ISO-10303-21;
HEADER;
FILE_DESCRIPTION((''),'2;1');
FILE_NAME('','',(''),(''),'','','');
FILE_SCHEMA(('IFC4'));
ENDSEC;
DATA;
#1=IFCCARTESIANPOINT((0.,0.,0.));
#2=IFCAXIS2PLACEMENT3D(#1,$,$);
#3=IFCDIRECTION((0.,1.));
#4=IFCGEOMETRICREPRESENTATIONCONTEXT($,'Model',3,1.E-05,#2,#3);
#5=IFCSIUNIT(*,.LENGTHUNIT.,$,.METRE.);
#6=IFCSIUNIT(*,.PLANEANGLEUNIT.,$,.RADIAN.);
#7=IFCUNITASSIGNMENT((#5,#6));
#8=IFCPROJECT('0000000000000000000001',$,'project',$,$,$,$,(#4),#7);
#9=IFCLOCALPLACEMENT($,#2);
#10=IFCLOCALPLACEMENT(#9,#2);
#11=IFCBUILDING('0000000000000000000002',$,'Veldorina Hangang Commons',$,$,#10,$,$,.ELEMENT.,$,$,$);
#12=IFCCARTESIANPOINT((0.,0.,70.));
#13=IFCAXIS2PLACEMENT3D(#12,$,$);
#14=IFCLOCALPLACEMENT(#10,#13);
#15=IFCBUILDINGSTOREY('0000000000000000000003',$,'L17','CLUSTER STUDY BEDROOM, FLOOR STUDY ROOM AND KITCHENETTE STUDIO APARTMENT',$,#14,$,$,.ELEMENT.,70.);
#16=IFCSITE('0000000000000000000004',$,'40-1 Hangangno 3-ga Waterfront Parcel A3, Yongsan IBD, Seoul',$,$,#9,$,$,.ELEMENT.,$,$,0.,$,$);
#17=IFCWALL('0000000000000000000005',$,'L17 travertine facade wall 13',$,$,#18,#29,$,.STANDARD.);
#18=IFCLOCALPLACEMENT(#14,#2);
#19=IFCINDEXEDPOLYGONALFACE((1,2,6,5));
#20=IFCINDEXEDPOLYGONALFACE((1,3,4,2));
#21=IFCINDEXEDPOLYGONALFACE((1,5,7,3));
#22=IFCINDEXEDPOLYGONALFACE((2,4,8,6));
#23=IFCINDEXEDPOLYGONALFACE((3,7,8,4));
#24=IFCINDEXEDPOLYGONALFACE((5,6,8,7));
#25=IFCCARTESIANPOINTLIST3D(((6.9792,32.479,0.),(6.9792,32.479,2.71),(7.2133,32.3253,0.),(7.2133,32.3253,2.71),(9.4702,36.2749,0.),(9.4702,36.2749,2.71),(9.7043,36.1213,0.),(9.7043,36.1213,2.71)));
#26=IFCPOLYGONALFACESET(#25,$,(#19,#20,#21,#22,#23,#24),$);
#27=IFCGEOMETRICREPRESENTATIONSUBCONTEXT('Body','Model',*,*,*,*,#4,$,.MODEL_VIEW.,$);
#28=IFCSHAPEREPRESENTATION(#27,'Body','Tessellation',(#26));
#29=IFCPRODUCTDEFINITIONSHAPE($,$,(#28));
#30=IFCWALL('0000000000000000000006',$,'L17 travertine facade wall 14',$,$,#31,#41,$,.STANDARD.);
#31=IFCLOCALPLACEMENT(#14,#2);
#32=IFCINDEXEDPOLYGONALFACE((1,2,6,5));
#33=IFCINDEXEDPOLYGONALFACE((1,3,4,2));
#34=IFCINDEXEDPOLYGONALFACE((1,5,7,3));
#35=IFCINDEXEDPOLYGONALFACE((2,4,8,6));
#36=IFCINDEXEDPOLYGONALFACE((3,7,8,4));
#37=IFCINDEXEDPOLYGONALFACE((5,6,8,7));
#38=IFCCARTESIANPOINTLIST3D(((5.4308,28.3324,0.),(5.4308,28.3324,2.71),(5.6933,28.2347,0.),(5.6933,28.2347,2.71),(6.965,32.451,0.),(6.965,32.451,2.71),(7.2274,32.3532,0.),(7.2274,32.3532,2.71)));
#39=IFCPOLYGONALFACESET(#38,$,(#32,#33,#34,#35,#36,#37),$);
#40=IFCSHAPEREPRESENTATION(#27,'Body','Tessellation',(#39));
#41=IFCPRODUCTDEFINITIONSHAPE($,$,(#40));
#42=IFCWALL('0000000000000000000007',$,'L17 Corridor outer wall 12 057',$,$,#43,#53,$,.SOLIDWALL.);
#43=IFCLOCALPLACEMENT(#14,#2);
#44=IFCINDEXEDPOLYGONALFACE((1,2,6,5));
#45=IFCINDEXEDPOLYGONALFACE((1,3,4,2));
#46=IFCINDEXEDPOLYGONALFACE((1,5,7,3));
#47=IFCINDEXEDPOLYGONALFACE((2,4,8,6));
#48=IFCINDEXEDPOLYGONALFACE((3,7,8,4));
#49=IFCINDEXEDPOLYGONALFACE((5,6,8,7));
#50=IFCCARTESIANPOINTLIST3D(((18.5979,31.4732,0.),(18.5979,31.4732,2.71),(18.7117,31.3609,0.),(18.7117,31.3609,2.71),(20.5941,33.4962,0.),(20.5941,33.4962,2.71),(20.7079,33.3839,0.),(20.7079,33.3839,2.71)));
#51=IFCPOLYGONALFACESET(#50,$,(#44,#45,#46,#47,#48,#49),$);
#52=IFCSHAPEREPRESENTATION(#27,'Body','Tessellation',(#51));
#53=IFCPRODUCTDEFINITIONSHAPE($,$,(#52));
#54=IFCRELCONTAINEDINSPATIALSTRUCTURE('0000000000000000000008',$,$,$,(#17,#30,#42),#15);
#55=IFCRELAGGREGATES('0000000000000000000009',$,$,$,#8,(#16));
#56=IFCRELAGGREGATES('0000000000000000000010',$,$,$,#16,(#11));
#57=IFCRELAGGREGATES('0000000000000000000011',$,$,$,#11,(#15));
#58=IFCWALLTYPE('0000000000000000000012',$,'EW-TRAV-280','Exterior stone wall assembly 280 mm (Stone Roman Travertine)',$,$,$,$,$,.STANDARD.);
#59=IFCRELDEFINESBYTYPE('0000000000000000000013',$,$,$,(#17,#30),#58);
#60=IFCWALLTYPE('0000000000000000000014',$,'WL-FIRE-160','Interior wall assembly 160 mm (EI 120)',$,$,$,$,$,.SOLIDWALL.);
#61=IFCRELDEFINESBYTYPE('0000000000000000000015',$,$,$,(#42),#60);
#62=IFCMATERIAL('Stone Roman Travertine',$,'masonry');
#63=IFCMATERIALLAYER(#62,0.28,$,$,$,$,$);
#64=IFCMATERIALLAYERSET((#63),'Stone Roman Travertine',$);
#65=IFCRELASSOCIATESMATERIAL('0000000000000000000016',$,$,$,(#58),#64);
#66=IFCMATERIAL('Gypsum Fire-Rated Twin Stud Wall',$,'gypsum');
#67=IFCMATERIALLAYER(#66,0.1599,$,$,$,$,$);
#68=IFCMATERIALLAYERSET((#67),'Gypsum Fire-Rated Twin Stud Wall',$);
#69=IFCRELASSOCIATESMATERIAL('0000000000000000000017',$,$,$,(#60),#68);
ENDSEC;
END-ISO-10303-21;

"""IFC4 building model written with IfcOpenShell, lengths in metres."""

from ifc_helpers import new_model, si_unit, direction, frame, frame_2d, origin, place, context, subcontext, project, spatial, rectangle, extrude, material, layer, layer_set, type_object, element, save


model = new_model("IFC4")

# Units and contexts
model_context = context("Model", 3, precision=1e-05, world=origin(), true_north=direction((0.0, 1.0)))
body_context = subcontext(model_context, "Body", "Model", "MODEL_VIEW")
ifc_project = project(units=[si_unit("LENGTHUNIT", "METRE"), si_unit("PLANEANGLEUNIT", "RADIAN")], contexts=[model_context])

# Site, building, storey
site_placement = place(None, origin())
site = spatial("IfcSite", under=ifc_project, at=site_placement, Name="40-1 Hangangno 3-ga Waterfront Parcel A3, Yongsan IBD, Seoul", CompositionType="ELEMENT", RefElevation=0.0)
building_placement = place(site_placement, origin())
building = spatial("IfcBuilding", under=site, at=building_placement, Name="Veldorina Hangang Commons", CompositionType="ELEMENT")
storey_placement = place(building_placement, frame((0.0, 0.0, 70.0)))
storey = spatial("IfcBuildingStorey", under=building, at=storey_placement, Name="L17", Description="CLUSTER STUDY BEDROOM, FLOOR STUDY ROOM AND KITCHENETTE STUDIO APARTMENT", CompositionType="ELEMENT", Elevation=70.0)

# Shared definitions
ifc_material_1 = material(Name="Stone Roman Travertine", Category="masonry")
ifc_layer_1 = layer(ifc_material_1, 0.28)
ifc_layer_set_1 = layer_set([ifc_layer_1], Name="Stone Roman Travertine")
wall_type_1 = type_object("IfcWallType", Name="EW-TRAV-280", Description="Exterior stone wall assembly 280 mm (Stone Roman Travertine)", PredefinedType="STANDARD", material=ifc_layer_set_1)

# Walls
wall_1_placement = place(storey_placement, frame((9.5872, 36.198, 0.0), z_axis=(0.0, 0.0, 1.0), x_axis=(-0.548642, -0.836057, 0.0)))
element("IfcWall", 1, at=wall_1_placement, inside=storey, type_object=wall_type_1, Name="L17 travertine facade wall 13", PredefinedType="STANDARD", context=body_context, shape_type="SweptSolid", body=[
    extrude(rectangle(XDim=4.5403, YDim=0.28, at=frame_2d((2.27, 0.0))), origin(), (0.0, 0.0, 1.0), 2.71),
])
wall_2_placement = place(storey_placement, frame((7.0962, 32.4021, 0.0), z_axis=(0.0, 0.0, 1.0), x_axis=(-0.349065, -0.937099, 0.0)))
element("IfcWall", 2, at=wall_2_placement, inside=storey, type_object=wall_type_1, Name="L17 travertine facade wall 14", PredefinedType="STANDARD", context=body_context, shape_type="SweptSolid", body=[
    extrude(rectangle(XDim=4.395, YDim=0.28, at=frame_2d((2.1975, 0.0))), origin(), (0.0, 0.0, 1.0), 2.71),
])
ifc_material_2 = material(Name="Gypsum Fire-Rated Twin Stud Wall", Category="gypsum")
ifc_layer_2 = layer(ifc_material_2, 0.1599)
ifc_layer_set_2 = layer_set([ifc_layer_2], Name="Gypsum Fire-Rated Twin Stud Wall")
wall_type_2 = type_object("IfcWallType", Name="WL-FIRE-160", Description="Interior wall assembly 160 mm (EI 120)", PredefinedType="SOLIDWALL", material=ifc_layer_set_2)
wall_3_placement = place(storey_placement, frame((20.6509, 33.4399, 0.0), z_axis=(0.0, 0.0, 1.0), x_axis=(-0.702366, -0.711816, 0.0)))
element("IfcWall", 3, at=wall_3_placement, inside=storey, type_object=wall_type_2, Name="L17 Corridor outer wall 12 057", PredefinedType="SOLIDWALL", context=body_context, shape_type="SweptSolid", body=[
    extrude(rectangle(XDim=2.842, YDim=0.1599, at=frame_2d((1.4209, 0.0))), origin(), (0.0, 0.0, 1.0), 2.71),
])

save(model, "model.ifc")
